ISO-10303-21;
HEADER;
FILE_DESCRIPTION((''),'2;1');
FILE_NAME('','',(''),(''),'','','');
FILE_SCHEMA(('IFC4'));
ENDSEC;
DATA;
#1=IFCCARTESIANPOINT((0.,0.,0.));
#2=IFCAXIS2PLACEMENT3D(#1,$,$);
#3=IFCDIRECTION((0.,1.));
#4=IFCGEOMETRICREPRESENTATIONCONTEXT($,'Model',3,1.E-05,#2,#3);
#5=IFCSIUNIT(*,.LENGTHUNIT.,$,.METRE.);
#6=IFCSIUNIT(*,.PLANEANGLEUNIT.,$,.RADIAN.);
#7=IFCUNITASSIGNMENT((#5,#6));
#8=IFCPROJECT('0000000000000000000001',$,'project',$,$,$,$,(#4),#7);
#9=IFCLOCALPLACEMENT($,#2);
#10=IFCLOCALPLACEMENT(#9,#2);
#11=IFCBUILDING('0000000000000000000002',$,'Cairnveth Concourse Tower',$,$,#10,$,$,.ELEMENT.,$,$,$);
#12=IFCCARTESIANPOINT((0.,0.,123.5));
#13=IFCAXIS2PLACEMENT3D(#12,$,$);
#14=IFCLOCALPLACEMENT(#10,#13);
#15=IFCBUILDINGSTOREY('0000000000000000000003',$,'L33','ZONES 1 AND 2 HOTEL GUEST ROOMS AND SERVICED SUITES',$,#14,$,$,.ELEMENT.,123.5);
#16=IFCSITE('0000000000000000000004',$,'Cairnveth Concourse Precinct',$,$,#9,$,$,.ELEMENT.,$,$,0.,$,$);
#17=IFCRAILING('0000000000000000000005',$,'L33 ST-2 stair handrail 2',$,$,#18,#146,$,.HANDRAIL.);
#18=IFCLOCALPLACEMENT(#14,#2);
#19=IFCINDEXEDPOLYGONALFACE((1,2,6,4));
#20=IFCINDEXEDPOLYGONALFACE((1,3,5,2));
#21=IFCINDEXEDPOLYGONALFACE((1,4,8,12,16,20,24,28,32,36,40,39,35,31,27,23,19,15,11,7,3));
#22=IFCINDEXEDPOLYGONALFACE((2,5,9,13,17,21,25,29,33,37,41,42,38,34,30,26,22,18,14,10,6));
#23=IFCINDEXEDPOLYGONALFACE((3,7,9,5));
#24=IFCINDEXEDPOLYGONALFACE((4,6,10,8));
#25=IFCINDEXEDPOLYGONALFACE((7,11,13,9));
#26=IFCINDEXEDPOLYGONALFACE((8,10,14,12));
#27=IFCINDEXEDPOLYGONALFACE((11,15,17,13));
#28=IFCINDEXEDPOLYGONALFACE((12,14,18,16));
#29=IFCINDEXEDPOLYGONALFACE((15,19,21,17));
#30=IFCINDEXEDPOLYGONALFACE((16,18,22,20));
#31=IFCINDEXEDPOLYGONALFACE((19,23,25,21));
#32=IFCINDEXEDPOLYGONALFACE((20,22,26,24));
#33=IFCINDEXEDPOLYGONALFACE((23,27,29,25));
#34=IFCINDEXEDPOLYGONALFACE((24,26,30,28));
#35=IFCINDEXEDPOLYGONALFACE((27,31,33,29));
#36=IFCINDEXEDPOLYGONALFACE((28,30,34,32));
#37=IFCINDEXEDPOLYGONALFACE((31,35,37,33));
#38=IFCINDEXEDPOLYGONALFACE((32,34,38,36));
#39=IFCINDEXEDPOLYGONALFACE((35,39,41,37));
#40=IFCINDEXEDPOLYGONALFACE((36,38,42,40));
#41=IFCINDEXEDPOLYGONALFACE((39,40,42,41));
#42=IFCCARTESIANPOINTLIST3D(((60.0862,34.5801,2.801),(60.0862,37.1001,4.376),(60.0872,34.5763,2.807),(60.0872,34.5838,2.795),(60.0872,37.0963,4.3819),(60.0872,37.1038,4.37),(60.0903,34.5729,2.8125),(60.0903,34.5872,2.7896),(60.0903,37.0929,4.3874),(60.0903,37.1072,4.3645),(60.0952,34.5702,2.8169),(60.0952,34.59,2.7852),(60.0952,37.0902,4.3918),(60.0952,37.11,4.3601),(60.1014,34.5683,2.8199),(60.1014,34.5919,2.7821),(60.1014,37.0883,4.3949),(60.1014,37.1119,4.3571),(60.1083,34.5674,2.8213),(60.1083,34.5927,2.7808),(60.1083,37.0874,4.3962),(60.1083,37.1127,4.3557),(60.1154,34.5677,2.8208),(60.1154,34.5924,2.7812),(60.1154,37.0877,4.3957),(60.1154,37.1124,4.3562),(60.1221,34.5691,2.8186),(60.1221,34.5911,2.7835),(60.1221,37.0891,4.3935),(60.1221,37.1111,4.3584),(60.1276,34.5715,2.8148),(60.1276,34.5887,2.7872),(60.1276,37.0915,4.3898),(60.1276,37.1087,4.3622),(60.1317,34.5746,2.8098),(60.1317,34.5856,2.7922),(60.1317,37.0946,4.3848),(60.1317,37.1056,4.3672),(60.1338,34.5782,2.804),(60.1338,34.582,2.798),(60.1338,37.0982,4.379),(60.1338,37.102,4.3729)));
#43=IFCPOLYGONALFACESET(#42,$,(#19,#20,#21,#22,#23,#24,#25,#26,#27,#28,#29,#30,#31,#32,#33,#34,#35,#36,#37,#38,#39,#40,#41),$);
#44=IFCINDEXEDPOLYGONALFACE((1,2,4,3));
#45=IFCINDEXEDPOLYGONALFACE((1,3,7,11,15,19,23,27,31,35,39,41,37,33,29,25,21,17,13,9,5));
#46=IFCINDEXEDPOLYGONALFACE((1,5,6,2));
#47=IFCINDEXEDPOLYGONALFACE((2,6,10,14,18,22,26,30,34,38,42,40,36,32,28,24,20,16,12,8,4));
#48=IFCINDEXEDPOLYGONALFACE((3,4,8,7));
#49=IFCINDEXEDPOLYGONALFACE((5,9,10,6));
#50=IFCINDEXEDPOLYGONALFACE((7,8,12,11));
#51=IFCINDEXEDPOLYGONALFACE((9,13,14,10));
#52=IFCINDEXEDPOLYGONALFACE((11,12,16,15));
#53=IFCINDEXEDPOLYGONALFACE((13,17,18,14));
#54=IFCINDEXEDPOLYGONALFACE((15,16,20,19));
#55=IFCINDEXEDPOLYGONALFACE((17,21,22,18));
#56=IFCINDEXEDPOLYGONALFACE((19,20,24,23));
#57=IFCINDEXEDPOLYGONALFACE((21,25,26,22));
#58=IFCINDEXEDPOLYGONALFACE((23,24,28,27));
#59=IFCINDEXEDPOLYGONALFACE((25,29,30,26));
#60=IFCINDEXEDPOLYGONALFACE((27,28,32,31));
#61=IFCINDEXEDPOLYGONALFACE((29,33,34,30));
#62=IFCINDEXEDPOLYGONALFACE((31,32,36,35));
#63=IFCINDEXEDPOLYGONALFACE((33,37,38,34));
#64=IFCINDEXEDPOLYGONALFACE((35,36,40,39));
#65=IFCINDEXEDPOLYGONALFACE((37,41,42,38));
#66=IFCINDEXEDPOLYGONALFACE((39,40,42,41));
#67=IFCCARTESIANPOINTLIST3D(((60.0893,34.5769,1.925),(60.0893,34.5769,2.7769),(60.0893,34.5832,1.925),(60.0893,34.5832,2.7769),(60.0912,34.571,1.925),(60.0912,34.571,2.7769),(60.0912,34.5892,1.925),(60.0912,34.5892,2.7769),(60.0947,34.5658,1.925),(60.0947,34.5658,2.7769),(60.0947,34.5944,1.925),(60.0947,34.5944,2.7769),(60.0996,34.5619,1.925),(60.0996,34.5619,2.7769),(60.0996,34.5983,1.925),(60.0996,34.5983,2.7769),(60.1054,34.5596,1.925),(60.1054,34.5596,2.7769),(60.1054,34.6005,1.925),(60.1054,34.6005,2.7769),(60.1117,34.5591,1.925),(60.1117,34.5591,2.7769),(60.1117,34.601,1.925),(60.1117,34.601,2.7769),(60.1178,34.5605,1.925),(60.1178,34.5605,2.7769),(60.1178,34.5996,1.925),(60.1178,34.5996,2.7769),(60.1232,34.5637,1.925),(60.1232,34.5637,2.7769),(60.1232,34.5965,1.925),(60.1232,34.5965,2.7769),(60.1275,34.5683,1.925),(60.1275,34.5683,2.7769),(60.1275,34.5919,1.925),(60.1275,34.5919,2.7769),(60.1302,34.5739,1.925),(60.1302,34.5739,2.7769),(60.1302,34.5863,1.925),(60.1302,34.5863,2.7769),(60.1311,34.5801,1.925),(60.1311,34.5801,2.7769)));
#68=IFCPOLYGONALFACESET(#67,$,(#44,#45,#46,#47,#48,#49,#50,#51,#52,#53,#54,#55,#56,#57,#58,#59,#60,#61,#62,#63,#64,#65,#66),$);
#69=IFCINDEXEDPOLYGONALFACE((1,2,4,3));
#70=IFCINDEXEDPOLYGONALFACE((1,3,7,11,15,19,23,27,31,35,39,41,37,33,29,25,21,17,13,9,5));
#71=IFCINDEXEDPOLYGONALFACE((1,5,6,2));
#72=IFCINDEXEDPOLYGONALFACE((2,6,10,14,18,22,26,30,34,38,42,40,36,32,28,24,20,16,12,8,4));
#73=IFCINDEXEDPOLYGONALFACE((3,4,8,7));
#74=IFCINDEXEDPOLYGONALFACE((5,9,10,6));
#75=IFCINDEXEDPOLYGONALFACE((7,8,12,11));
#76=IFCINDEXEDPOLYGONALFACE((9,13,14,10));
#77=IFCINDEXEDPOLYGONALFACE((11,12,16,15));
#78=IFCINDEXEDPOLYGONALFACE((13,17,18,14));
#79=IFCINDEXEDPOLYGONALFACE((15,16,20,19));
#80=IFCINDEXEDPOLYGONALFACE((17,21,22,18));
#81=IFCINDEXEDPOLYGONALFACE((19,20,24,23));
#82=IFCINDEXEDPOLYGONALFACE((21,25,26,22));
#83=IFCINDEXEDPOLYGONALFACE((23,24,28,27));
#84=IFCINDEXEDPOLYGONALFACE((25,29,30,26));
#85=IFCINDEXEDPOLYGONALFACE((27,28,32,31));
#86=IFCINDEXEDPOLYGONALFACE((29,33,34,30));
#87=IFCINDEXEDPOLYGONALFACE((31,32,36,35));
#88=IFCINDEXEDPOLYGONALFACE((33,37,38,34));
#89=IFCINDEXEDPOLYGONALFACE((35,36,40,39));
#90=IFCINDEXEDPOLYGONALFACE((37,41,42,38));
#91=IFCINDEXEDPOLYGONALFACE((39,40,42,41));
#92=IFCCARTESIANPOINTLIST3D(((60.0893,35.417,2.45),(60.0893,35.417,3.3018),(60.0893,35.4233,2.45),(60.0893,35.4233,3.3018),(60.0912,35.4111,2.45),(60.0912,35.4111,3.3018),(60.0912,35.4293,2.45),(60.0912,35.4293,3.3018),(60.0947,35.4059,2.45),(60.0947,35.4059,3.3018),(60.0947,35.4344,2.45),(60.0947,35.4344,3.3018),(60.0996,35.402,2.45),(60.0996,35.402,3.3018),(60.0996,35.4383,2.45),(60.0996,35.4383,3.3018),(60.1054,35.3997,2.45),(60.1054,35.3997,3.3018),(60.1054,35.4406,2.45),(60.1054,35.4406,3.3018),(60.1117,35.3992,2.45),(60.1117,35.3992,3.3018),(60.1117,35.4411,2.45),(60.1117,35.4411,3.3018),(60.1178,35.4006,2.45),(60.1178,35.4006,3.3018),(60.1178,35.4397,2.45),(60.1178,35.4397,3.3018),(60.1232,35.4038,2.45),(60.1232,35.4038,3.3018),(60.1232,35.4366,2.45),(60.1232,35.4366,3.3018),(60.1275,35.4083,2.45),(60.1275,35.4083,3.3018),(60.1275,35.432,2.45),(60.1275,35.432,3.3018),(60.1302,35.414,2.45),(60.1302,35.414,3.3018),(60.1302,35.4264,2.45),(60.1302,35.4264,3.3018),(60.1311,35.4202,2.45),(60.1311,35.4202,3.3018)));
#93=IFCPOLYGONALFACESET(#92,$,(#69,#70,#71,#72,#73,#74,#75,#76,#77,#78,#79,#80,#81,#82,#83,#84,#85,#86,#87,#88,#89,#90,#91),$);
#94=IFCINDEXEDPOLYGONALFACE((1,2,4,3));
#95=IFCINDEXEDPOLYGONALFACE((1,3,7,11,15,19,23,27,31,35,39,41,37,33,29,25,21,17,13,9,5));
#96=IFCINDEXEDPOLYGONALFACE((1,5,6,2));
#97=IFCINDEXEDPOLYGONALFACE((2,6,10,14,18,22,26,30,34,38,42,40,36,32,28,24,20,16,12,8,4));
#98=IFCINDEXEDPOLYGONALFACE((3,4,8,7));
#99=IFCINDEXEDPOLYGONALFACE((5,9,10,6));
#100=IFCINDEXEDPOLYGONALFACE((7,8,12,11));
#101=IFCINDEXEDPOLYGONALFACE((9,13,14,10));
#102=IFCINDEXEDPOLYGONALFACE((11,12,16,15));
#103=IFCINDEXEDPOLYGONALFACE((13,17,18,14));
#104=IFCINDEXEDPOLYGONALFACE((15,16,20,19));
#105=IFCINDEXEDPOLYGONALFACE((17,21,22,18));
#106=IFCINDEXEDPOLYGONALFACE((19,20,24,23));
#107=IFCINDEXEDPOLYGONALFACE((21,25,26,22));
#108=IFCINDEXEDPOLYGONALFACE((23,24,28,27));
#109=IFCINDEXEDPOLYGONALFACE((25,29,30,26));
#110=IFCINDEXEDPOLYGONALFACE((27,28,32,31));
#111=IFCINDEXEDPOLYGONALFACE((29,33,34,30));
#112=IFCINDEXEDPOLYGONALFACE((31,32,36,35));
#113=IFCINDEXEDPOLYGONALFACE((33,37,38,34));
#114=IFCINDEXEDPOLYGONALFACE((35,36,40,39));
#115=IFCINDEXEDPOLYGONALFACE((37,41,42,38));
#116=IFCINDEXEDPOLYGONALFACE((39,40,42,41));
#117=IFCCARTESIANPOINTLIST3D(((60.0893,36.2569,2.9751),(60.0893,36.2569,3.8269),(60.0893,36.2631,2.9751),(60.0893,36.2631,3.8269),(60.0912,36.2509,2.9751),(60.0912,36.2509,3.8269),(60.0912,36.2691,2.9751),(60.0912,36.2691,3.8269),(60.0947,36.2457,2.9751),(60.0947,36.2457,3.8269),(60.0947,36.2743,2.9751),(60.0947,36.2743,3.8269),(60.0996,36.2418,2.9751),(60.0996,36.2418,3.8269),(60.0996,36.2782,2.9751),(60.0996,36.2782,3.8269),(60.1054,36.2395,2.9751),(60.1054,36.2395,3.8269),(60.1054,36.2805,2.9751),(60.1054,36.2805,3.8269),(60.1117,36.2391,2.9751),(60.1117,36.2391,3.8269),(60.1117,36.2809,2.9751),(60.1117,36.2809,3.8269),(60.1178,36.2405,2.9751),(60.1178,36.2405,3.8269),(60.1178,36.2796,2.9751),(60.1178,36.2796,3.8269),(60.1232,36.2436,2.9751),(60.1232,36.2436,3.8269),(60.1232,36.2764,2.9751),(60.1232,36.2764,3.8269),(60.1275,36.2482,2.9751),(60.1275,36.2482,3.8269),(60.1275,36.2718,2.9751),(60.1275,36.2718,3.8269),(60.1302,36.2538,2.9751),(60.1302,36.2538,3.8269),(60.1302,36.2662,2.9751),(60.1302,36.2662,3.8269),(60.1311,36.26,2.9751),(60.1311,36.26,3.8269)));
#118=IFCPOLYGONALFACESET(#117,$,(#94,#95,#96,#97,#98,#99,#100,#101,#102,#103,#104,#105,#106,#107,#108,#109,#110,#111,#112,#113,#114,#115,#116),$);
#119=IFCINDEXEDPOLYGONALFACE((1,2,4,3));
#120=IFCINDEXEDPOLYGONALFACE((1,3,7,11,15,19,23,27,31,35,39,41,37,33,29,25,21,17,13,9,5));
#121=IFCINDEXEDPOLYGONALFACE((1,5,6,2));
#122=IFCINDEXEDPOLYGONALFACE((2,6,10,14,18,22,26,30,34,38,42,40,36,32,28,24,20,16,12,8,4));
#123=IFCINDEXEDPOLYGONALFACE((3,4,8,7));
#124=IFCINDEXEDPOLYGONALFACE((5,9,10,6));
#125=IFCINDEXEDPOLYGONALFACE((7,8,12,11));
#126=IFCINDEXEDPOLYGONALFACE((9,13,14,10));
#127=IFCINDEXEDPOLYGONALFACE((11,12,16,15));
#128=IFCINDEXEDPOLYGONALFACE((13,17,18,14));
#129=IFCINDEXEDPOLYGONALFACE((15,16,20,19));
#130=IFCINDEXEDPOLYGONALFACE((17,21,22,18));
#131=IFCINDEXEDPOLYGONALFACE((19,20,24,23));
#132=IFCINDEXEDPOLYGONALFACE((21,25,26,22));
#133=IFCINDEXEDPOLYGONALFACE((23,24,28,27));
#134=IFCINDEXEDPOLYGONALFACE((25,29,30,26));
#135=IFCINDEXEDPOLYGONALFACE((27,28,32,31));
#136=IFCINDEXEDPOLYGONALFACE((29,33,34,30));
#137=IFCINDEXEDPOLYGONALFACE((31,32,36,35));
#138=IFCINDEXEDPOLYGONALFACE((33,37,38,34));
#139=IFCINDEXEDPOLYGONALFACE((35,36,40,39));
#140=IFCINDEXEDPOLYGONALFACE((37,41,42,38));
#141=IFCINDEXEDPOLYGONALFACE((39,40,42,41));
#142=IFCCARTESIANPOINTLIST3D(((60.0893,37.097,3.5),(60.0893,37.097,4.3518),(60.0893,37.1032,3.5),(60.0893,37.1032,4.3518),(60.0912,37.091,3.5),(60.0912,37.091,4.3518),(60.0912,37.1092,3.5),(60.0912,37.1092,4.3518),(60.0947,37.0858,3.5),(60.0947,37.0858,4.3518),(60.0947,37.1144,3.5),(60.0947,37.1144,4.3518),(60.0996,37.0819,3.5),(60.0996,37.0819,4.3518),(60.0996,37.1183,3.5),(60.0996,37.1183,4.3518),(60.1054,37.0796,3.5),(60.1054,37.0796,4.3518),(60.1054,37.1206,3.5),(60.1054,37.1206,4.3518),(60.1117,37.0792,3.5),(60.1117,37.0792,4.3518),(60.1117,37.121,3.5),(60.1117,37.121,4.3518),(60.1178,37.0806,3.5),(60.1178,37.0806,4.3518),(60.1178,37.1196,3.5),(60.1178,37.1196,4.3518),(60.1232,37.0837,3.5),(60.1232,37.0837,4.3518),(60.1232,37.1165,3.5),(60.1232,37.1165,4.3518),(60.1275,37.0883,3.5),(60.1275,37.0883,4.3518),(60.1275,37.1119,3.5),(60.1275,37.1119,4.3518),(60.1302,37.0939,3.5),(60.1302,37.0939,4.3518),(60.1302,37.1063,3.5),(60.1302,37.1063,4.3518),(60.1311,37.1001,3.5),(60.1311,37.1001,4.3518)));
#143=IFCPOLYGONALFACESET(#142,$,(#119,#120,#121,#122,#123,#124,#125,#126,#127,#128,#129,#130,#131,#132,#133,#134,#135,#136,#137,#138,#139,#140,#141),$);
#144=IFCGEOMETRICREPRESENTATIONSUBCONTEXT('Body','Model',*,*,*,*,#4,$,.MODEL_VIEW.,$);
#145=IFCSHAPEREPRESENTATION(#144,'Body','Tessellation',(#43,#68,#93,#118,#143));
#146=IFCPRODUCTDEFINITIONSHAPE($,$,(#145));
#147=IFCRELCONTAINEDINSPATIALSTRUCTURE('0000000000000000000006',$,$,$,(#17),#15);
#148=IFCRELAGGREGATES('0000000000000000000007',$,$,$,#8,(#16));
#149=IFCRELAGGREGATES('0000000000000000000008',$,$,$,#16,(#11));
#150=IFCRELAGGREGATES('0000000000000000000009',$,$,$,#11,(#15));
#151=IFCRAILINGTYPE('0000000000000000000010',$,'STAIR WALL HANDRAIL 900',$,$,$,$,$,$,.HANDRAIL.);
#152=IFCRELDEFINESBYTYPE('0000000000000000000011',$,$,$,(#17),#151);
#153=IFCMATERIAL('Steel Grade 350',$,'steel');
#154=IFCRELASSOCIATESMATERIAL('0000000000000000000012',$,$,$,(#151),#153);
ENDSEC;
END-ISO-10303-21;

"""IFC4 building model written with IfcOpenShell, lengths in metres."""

from ifc_helpers import new_model, si_unit, direction, frame, origin, origin_2d, place, context, subcontext, project, spatial, circle, extrude, material, type_object, element, save


model = new_model("IFC4")

# Units and contexts
model_context = context("Model", 3, precision=1e-05, world=origin(), true_north=direction((0.0, 1.0)))
body_context = subcontext(model_context, "Body", "Model", "MODEL_VIEW")
ifc_project = project(units=[si_unit("LENGTHUNIT", "METRE"), si_unit("PLANEANGLEUNIT", "RADIAN")], contexts=[model_context])

# Site, building, storey
site_placement = place(None, origin())
site = spatial("IfcSite", under=ifc_project, at=site_placement, Name="Cairnveth Concourse Precinct", CompositionType="ELEMENT", RefElevation=0.0)
building_placement = place(site_placement, origin())
building = spatial("IfcBuilding", under=site, at=building_placement, Name="Cairnveth Concourse Tower", CompositionType="ELEMENT")
storey_placement = place(building_placement, frame((0.0, 0.0, 123.5)))
storey = spatial("IfcBuildingStorey", under=building, at=storey_placement, Name="L33", Description="ZONES 1 AND 2 HOTEL GUEST ROOMS AND SERVICED SUITES", CompositionType="ELEMENT", Elevation=123.5)

# Shared definitions
ifc_material_1 = material(Name="Steel Grade 350", Category="steel")

# Railing
railing_type_1 = type_object("IfcRailingType", Name="STAIR WALL HANDRAIL 900", PredefinedType="HANDRAIL", material=ifc_material_1)
railing_1_placement = place(storey_placement, frame((60.1101, 34.5801, 1.925)))
element("IfcRailing", 1, at=railing_1_placement, inside=storey, type_object=railing_type_1, Name="L33 ST-2 stair handrail 2", PredefinedType="HANDRAIL", context=body_context, shape_type="SweptSolid", body=[
    extrude(circle(Radius=0.0239, at=origin_2d()), frame((0.0, 0.0, 0.876), z_axis=(0.0, 0.848008, 0.529984), x_axis=(-1.0, 0.0, 0.0)), (0.0, 0.0, 1.0), 2.9717),
    extrude(circle(Radius=0.021, at=origin_2d()), origin(), (0.0, 0.0, 1.0), 0.8518),
    extrude(circle(Radius=0.021, at=origin_2d()), frame((0.0, 0.8401, 0.5249)), (0.0, 0.0, 1.0), 0.8518),
    extrude(circle(Radius=0.021, at=origin_2d()), frame((0.0, 1.6799, 1.05)), (0.0, 0.0, 1.0), 0.8518),
    extrude(circle(Radius=0.021, at=origin_2d()), frame((0.0, 2.52, 1.575)), (0.0, 0.0, 1.0), 0.8518),
])

save(model, "model.ifc")
